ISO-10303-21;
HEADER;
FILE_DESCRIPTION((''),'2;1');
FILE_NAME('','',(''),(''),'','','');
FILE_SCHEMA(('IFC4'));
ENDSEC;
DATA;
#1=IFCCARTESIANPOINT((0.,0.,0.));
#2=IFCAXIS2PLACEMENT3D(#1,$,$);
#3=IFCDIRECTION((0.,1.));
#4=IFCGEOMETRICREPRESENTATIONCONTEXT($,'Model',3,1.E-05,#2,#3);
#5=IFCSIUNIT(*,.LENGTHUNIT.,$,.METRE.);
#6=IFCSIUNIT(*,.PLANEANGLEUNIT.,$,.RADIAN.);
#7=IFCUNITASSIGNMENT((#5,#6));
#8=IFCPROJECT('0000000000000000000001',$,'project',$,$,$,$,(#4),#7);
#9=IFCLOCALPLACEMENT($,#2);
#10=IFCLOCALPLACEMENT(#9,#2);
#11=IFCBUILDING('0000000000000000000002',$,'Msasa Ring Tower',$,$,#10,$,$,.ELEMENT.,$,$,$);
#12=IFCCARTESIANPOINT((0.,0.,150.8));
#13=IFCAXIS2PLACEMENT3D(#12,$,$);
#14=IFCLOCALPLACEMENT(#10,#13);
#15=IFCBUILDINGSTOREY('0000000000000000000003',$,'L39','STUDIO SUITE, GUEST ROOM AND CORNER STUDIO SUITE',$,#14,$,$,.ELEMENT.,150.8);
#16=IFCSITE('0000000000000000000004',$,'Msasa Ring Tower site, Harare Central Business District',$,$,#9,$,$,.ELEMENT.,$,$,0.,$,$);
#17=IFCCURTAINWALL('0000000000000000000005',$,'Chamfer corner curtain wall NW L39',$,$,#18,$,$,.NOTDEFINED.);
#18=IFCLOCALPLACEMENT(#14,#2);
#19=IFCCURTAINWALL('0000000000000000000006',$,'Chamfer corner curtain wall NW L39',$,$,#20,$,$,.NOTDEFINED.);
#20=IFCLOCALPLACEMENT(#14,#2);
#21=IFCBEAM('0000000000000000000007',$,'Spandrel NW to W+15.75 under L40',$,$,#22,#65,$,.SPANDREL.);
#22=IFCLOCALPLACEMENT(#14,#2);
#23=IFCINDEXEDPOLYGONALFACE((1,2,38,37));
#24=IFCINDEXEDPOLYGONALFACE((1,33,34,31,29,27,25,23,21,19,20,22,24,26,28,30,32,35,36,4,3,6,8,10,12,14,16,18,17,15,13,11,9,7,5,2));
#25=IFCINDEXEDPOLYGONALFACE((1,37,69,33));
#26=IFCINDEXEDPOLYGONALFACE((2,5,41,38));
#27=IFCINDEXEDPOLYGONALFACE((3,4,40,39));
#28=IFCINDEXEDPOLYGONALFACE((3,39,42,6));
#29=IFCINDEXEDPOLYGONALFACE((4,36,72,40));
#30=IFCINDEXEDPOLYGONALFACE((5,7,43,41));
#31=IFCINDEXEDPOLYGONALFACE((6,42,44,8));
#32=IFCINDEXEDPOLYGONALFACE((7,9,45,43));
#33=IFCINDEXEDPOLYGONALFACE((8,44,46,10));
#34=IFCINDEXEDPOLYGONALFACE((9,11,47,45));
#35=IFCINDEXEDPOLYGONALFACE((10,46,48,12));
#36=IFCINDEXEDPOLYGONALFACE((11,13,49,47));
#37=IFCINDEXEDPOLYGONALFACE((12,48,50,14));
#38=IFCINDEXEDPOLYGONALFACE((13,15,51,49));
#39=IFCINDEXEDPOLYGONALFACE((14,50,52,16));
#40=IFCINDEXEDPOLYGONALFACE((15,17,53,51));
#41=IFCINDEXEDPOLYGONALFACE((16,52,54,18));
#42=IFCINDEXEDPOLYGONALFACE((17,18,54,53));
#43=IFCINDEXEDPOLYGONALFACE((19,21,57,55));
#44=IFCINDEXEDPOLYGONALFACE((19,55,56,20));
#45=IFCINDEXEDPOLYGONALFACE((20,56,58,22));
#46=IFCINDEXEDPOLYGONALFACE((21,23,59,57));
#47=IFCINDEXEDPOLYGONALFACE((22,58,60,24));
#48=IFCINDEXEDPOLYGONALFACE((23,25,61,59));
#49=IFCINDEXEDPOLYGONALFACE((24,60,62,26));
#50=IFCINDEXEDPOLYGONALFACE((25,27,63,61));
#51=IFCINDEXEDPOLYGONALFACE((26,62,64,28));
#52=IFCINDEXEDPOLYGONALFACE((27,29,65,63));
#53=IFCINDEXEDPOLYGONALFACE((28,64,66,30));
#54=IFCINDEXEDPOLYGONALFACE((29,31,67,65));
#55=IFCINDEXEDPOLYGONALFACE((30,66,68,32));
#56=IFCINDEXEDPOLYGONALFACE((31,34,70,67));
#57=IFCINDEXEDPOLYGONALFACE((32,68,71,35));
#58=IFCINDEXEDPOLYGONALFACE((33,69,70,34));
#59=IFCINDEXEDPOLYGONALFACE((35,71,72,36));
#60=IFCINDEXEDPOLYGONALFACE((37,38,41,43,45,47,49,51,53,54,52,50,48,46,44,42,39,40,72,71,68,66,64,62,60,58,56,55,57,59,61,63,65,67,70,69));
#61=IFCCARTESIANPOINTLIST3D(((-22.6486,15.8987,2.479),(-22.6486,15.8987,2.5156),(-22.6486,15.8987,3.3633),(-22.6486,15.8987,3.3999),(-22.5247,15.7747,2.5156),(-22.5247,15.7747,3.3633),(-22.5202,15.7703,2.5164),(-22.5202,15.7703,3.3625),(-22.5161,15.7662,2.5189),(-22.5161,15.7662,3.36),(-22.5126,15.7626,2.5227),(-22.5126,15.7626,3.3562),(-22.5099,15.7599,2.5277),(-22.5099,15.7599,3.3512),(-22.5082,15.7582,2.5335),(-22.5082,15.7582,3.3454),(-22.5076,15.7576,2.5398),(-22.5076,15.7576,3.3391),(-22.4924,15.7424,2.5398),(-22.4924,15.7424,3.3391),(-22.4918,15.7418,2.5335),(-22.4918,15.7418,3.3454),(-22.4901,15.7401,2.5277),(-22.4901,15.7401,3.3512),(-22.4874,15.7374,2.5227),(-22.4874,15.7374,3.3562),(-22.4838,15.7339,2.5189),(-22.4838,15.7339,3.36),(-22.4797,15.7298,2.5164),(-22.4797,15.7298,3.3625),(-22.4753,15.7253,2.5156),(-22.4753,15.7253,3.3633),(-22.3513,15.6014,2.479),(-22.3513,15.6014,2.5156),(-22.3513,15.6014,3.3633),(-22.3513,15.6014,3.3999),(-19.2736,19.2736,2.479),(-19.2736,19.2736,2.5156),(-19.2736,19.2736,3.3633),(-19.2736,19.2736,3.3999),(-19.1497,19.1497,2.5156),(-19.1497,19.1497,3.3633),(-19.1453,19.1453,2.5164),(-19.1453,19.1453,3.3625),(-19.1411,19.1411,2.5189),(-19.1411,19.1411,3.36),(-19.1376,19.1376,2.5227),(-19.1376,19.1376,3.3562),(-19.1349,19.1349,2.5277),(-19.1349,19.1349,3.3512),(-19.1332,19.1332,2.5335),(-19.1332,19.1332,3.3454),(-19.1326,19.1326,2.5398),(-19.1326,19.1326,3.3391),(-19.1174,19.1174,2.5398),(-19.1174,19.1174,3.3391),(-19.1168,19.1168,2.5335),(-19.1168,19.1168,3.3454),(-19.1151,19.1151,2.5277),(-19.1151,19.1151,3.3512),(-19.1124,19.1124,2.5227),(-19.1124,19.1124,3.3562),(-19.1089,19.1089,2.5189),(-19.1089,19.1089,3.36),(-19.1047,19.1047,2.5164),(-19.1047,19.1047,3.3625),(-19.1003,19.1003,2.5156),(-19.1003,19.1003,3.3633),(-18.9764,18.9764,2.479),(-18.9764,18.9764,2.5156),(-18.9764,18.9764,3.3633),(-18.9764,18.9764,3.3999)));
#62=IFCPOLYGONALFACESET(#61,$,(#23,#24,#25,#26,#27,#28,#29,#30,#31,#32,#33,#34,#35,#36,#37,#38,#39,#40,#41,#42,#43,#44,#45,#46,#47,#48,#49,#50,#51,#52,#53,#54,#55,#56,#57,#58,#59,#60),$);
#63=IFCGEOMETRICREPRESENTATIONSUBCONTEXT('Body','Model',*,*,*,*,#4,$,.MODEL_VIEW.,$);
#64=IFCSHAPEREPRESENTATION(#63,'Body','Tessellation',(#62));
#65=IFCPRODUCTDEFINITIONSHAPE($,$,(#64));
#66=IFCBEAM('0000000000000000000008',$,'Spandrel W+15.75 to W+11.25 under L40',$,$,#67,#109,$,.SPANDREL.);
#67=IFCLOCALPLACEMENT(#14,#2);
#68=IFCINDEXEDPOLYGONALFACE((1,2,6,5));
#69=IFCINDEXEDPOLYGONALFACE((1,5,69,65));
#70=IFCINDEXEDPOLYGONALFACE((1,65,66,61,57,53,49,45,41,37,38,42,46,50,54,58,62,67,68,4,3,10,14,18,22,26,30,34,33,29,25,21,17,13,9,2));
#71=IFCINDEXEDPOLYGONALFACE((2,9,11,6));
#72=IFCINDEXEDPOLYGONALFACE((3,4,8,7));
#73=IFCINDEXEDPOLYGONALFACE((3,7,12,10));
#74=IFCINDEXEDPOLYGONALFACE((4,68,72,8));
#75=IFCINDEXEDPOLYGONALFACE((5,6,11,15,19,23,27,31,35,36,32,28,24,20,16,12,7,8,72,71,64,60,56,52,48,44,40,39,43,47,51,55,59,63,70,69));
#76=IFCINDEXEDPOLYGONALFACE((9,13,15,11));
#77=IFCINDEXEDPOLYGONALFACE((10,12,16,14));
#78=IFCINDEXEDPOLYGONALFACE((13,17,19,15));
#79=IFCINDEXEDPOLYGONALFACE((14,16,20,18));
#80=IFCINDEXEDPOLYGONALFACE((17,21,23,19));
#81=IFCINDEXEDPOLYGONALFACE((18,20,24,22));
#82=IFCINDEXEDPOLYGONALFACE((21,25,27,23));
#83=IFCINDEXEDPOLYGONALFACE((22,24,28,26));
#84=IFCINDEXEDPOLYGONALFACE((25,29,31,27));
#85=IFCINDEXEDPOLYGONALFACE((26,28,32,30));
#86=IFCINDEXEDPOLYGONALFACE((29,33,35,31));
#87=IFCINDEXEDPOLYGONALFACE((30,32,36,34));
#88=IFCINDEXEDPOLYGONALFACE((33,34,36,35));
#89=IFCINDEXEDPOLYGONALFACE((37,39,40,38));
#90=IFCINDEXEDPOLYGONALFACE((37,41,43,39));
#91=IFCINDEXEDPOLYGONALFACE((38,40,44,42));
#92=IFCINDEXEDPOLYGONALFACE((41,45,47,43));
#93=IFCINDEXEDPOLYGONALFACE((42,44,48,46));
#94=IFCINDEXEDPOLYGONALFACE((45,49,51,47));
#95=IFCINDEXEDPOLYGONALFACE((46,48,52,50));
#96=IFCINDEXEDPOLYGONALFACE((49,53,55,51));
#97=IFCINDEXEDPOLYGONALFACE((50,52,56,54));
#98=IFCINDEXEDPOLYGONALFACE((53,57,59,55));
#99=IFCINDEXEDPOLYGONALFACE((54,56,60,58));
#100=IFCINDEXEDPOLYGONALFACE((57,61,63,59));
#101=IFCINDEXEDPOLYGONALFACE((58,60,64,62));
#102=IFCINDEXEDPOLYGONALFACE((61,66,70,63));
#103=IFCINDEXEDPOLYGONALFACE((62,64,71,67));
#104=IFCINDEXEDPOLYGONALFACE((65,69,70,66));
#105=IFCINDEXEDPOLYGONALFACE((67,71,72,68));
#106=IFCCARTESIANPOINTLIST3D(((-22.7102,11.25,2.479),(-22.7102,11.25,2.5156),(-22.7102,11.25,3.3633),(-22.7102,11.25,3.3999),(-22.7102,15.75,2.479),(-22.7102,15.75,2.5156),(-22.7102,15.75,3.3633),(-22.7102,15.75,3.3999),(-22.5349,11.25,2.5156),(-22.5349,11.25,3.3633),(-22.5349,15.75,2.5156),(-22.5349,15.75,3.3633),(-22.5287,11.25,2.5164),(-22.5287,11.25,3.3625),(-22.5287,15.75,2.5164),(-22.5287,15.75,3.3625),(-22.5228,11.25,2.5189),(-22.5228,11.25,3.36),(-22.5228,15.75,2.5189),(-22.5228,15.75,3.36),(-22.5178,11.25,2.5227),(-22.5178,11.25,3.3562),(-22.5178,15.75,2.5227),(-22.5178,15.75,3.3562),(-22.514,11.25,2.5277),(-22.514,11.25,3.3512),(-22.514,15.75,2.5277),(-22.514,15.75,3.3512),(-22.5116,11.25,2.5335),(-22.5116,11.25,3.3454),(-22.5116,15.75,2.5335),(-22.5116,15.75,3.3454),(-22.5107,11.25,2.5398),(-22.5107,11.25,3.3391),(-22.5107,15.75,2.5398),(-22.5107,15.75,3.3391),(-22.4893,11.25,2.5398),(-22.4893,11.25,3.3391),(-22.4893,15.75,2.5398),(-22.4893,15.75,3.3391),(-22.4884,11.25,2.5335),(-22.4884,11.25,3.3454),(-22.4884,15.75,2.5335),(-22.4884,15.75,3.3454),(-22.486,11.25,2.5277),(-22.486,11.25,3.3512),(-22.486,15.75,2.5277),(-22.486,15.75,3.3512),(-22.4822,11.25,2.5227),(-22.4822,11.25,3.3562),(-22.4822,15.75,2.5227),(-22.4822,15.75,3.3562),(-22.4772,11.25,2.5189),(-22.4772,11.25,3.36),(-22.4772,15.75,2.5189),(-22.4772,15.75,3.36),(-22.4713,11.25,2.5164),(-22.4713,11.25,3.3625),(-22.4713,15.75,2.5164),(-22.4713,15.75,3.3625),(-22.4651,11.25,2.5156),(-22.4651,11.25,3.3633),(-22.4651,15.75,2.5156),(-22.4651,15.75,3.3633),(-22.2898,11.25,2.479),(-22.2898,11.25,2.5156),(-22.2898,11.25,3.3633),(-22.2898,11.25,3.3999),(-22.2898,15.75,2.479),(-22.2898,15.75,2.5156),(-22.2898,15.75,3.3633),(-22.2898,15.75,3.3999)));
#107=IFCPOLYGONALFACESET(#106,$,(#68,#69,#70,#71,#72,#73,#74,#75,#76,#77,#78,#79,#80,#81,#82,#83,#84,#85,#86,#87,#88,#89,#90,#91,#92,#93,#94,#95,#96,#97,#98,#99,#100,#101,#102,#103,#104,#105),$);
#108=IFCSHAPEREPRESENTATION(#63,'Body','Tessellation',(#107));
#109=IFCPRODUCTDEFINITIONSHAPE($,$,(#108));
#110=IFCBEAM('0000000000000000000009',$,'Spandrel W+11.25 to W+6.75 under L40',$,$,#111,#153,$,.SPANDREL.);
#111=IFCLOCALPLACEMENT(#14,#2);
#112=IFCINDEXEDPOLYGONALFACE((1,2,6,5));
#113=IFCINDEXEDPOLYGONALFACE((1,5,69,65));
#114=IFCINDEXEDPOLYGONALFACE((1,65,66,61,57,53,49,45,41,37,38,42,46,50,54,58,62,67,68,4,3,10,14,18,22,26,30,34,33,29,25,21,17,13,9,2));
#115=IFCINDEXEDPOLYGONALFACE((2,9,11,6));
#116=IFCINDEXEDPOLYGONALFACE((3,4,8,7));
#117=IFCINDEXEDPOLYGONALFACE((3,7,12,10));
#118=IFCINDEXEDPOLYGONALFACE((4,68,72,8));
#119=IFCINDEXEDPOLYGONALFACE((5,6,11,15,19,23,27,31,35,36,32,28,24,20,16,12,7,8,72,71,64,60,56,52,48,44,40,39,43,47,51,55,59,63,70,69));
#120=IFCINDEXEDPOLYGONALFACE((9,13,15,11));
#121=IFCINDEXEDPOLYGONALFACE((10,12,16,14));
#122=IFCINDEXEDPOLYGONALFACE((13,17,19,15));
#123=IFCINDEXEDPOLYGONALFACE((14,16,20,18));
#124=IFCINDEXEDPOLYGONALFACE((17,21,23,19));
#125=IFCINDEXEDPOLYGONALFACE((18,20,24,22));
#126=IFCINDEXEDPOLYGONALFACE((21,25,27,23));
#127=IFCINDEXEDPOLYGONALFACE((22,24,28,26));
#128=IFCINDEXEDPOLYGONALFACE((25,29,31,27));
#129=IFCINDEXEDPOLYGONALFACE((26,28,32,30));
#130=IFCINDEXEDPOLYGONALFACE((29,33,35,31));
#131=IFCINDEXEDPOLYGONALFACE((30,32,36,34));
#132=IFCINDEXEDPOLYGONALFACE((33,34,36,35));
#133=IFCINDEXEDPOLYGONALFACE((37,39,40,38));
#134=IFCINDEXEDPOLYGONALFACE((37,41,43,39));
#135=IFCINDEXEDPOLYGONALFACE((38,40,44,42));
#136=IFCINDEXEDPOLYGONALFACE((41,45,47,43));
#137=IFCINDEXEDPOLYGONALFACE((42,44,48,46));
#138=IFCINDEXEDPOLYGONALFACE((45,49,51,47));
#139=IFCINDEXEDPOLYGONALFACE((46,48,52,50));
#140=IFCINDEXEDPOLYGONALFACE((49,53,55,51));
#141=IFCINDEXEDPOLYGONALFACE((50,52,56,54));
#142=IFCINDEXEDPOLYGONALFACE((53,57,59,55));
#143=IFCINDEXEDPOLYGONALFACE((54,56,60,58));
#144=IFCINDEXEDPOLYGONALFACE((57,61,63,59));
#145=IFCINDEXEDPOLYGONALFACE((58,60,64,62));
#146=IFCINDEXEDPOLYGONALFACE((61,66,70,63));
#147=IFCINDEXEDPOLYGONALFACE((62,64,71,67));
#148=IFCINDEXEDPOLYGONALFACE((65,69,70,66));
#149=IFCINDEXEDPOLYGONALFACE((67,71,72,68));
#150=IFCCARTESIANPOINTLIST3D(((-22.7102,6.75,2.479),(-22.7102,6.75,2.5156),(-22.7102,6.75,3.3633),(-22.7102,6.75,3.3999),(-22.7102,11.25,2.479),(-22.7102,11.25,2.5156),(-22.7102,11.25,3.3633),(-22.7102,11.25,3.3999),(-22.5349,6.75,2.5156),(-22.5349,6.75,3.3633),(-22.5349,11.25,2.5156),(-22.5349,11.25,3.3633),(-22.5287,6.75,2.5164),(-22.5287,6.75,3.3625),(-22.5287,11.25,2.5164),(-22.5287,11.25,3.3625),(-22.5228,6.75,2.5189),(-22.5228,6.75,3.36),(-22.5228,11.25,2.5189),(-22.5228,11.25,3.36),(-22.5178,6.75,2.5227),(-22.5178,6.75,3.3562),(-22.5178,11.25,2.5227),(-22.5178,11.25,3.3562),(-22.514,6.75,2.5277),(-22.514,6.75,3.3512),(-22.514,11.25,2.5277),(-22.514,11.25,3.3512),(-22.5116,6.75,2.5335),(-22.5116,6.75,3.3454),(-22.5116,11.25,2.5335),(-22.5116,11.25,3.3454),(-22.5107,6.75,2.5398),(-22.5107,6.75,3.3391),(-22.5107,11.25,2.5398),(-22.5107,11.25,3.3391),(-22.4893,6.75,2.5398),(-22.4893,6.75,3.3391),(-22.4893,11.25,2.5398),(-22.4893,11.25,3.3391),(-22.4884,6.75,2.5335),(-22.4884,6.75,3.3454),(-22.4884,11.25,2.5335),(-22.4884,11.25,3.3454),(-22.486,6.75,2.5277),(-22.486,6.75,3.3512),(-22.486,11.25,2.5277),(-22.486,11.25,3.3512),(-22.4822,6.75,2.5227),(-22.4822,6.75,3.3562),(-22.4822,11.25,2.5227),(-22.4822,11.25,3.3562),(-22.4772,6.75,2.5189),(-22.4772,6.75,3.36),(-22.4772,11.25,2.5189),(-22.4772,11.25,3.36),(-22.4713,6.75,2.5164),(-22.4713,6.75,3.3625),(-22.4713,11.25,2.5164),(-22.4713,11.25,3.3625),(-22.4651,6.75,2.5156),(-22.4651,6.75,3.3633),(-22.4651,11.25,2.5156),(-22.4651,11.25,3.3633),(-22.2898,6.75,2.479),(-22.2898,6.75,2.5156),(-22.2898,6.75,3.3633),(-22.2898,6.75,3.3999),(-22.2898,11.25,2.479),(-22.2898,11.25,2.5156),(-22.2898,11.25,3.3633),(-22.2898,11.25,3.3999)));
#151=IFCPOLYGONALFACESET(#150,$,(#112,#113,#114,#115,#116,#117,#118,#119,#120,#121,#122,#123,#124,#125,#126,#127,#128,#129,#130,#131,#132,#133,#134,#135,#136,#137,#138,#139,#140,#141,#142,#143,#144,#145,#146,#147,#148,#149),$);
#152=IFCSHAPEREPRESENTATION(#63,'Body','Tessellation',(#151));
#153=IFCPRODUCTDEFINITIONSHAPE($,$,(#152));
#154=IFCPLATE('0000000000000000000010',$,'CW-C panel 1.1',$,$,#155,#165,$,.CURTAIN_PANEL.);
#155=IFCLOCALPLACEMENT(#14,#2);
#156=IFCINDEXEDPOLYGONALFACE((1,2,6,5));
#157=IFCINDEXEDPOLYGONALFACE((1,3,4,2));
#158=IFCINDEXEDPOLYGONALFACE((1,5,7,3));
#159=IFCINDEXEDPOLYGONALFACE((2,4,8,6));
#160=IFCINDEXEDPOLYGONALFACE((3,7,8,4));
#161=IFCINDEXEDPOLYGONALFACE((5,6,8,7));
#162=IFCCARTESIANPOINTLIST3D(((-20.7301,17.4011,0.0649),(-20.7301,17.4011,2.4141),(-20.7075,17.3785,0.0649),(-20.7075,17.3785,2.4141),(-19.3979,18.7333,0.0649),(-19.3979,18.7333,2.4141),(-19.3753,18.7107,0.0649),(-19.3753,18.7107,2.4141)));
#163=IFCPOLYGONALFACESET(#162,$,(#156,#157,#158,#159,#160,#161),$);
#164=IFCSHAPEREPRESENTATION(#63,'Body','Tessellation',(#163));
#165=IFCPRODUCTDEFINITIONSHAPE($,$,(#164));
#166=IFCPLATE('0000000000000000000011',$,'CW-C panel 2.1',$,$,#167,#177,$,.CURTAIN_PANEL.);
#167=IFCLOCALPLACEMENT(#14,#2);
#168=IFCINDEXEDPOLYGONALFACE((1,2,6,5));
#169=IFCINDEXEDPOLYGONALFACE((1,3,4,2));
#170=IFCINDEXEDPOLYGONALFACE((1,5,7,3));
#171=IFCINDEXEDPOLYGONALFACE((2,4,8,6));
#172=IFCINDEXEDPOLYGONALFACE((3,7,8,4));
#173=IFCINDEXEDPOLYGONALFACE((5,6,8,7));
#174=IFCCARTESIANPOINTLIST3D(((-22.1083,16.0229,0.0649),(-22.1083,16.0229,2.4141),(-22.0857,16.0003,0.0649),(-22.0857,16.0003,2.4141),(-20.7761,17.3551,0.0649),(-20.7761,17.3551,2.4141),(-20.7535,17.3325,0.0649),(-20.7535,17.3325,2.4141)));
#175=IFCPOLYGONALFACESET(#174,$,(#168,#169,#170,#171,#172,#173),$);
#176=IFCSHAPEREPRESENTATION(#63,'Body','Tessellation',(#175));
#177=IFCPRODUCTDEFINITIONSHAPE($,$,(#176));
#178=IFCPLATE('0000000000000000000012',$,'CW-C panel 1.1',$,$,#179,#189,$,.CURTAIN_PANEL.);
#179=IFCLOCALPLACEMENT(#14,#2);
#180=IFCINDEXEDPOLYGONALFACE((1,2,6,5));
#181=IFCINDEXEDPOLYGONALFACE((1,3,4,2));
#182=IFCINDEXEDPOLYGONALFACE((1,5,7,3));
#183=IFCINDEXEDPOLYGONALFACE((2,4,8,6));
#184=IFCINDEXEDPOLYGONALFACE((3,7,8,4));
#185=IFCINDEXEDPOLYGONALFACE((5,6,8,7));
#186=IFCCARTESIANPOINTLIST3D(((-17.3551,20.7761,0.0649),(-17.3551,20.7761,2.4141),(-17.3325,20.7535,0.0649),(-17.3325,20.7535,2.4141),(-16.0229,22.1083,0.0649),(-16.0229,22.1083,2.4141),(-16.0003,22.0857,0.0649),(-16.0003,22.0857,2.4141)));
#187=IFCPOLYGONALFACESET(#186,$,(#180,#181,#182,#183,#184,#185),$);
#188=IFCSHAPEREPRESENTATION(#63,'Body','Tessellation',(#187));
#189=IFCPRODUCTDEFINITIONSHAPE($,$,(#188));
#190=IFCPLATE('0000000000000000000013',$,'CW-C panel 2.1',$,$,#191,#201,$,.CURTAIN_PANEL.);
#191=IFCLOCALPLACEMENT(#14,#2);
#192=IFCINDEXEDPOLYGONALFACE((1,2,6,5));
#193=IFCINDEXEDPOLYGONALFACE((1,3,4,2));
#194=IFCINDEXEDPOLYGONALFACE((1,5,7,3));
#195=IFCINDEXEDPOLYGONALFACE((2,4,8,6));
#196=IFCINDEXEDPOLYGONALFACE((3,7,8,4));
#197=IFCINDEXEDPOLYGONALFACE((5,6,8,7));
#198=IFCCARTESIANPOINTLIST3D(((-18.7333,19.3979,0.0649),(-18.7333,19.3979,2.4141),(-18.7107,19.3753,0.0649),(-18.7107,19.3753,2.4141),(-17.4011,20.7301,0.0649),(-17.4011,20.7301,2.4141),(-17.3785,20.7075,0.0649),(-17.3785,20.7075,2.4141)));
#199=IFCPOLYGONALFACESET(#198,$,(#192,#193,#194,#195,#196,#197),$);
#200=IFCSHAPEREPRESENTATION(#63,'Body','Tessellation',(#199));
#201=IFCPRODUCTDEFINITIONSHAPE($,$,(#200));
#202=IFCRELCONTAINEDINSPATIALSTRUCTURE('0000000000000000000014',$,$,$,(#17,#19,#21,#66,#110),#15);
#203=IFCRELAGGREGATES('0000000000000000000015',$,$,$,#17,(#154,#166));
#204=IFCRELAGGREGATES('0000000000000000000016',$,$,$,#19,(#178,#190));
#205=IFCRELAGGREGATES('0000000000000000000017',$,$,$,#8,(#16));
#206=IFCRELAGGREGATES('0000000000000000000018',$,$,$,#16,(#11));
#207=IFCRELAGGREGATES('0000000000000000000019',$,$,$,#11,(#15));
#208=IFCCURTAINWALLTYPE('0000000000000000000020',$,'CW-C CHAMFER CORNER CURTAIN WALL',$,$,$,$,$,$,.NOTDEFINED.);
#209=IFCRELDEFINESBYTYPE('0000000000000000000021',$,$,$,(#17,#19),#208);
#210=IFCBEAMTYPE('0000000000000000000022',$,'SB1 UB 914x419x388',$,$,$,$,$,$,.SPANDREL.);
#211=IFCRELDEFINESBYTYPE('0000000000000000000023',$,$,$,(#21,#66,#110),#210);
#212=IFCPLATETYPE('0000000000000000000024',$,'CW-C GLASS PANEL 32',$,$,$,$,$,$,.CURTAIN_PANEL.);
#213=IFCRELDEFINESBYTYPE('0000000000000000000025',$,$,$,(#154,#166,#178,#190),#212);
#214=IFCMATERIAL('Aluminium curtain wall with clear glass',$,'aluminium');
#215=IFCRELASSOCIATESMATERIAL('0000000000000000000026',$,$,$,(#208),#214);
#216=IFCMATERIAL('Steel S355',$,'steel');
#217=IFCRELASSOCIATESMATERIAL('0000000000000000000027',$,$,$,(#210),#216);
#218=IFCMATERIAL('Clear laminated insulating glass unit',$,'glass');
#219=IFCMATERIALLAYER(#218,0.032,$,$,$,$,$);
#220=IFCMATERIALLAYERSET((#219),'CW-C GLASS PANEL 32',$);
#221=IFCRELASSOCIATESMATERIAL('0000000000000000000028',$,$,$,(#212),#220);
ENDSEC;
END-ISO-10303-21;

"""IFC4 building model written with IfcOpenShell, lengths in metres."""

from ifc_helpers import new_model, si_unit, direction, frame, origin, origin_2d, place, context, subcontext, project, spatial, rectangle, i_section, extrude, material, layer, layer_set, material_profile, profile_set, type_object, element, aggregate, save


model = new_model("IFC4")

# Units and contexts
model_context = context("Model", 3, precision=1e-05, world=origin(), true_north=direction((0.0, 1.0)))
body_context = subcontext(model_context, "Body", "Model", "MODEL_VIEW")
ifc_project = project(units=[si_unit("LENGTHUNIT", "METRE"), si_unit("PLANEANGLEUNIT", "RADIAN")], contexts=[model_context])

# Site, building, storey
site_placement = place(None, origin())
site = spatial("IfcSite", under=ifc_project, at=site_placement, Name="Msasa Ring Tower site, Harare Central Business District", CompositionType="ELEMENT", RefElevation=0.0)
building_placement = place(site_placement, origin())
building = spatial("IfcBuilding", under=site, at=building_placement, Name="Msasa Ring Tower", CompositionType="ELEMENT")
storey_placement = place(building_placement, frame((0.0, 0.0, 150.8)))
storey = spatial("IfcBuildingStorey", under=building, at=storey_placement, Name="L39", Description="STUDIO SUITE, GUEST ROOM AND CORNER STUDIO SUITE", CompositionType="ELEMENT", Elevation=150.8)

# Curtain walls
ifc_material_1 = material(Name="Aluminium curtain wall with clear glass", Category="aluminium")
curtain_wall_type = type_object("IfcCurtainWallType", Name="CW-C CHAMFER CORNER CURTAIN WALL", PredefinedType="NOTDEFINED", material=ifc_material_1)
curtain_wall_1_placement = place(storey_placement, origin())
curtain_wall_1 = element("IfcCurtainWall", 1, at=curtain_wall_1_placement, inside=storey, type_object=curtain_wall_type, Name="Chamfer corner curtain wall NW L39", PredefinedType="NOTDEFINED")
curtain_wall_2_placement = place(storey_placement, origin())
curtain_wall_2 = element("IfcCurtainWall", 2, at=curtain_wall_2_placement, inside=storey, type_object=curtain_wall_type, Name="Chamfer corner curtain wall NW L39", PredefinedType="NOTDEFINED")

# Beams
ifc_material_2 = material(Name="Steel S355", Category="steel")
ifc_material_profile_1 = material_profile(ifc_material_2, i_section(OverallWidth=0.4204, OverallDepth=0.9209, WebThickness=0.0215, FlangeThickness=0.0366, FilletRadius=0.0242, at=origin_2d()), Name="UB 914x419x388")
ifc_profile_set_1 = profile_set([ifc_material_profile_1], Name="Steel S355")
beam_type = type_object("IfcBeamType", Name="SB1 UB 914x419x388", PredefinedType="SPANDREL", material=ifc_profile_set_1)
beam_placement = place(storey_placement, frame((-19.125, 19.125, 2.9395), z_axis=(-0.707107, -0.707107, 0.0), x_axis=(0.707107, -0.707107, 0.0)))
element("IfcBeam", 3, at=beam_placement, inside=storey, type_object=beam_type, Name="Spandrel NW to W+15.75 under L40", PredefinedType="SPANDREL", context=body_context, shape_type="SweptSolid", body=[
    extrude(i_section(OverallWidth=0.4204, OverallDepth=0.9209, WebThickness=0.0215, FlangeThickness=0.0366, FilletRadius=0.0242, at=origin_2d()), origin(), (0.0, 0.0, 1.0), 4.7729),
])
for number, where, z_axis, x_axis, name in (
    (4, (-22.5, 15.75, 2.9395), (0.0, -1.0, 0.0), (1.0, 0.0, 0.0), "Spandrel W+15.75 to W+11.25 under L40"),
    (5, (-22.5, 11.25, 2.9395), (0.0, -1.0, 0.0), (1.0, 0.0, 0.0), "Spandrel W+11.25 to W+6.75 under L40"),
):
    element("IfcBeam", number, at=place(storey_placement, frame(where, z_axis=z_axis, x_axis=x_axis)), inside=storey, type_object=beam_type, Name=name, PredefinedType="SPANDREL", context=body_context, shape_type="SweptSolid", body=[
        extrude(i_section(OverallWidth=0.4204, OverallDepth=0.9209, WebThickness=0.0215, FlangeThickness=0.0366, FilletRadius=0.0242, at=origin_2d()), origin(), (0.0, 0.0, 1.0), 4.5),
    ])

# Plates
ifc_material_3 = material(Name="Clear laminated insulating glass unit", Category="glass")
ifc_layer_1 = layer(ifc_material_3, 0.032)
ifc_layer_set_1 = layer_set([ifc_layer_1], Name="CW-C GLASS PANEL 32")
plate_type = type_object("IfcPlateType", Name="CW-C GLASS PANEL 32", PredefinedType="CURTAIN_PANEL", material=ifc_layer_set_1)
plate_1_placement = place(storey_placement, frame((-20.0527, 18.0559, 0.0649), z_axis=(0.0, 0.0, 1.0), x_axis=(-0.707107, -0.707107, 0.0)))
plate_1 = element("IfcPlate", 6, at=plate_1_placement, type_object=plate_type, Name="CW-C panel 1.1", PredefinedType="CURTAIN_PANEL", context=body_context, shape_type="SweptSolid", body=[
    extrude(rectangle(XDim=1.884, YDim=0.032, at=origin_2d()), origin(), (0.0, 0.0, 1.0), 2.3491),
])
plate_2_placement = place(storey_placement, frame((-21.4309, 16.6777, 0.0649), z_axis=(0.0, 0.0, 1.0), x_axis=(-0.707107, -0.707107, 0.0)))
plate_2 = element("IfcPlate", 7, at=plate_2_placement, type_object=plate_type, Name="CW-C panel 2.1", PredefinedType="CURTAIN_PANEL", context=body_context, shape_type="SweptSolid", body=[
    extrude(rectangle(XDim=1.884, YDim=0.032, at=origin_2d()), origin(), (0.0, 0.0, 1.0), 2.3491),
])
aggregate(curtain_wall_1, [plate_1, plate_2])
plate_3_placement = place(storey_placement, frame((-16.6777, 21.4309, 0.0649), z_axis=(0.0, 0.0, 1.0), x_axis=(-0.707107, -0.707107, 0.0)))
plate_3 = element("IfcPlate", 8, at=plate_3_placement, type_object=plate_type, Name="CW-C panel 1.1", PredefinedType="CURTAIN_PANEL", context=body_context, shape_type="SweptSolid", body=[
    extrude(rectangle(XDim=1.884, YDim=0.032, at=origin_2d()), origin(), (0.0, 0.0, 1.0), 2.3491),
])
plate_4_placement = place(storey_placement, frame((-18.0559, 20.0527, 0.0649), z_axis=(0.0, 0.0, 1.0), x_axis=(-0.707107, -0.707107, 0.0)))
plate_4 = element("IfcPlate", 9, at=plate_4_placement, type_object=plate_type, Name="CW-C panel 2.1", PredefinedType="CURTAIN_PANEL", context=body_context, shape_type="SweptSolid", body=[
    extrude(rectangle(XDim=1.884, YDim=0.032, at=origin_2d()), origin(), (0.0, 0.0, 1.0), 2.3491),
])
aggregate(curtain_wall_2, [plate_3, plate_4])

save(model, "model.ifc")
